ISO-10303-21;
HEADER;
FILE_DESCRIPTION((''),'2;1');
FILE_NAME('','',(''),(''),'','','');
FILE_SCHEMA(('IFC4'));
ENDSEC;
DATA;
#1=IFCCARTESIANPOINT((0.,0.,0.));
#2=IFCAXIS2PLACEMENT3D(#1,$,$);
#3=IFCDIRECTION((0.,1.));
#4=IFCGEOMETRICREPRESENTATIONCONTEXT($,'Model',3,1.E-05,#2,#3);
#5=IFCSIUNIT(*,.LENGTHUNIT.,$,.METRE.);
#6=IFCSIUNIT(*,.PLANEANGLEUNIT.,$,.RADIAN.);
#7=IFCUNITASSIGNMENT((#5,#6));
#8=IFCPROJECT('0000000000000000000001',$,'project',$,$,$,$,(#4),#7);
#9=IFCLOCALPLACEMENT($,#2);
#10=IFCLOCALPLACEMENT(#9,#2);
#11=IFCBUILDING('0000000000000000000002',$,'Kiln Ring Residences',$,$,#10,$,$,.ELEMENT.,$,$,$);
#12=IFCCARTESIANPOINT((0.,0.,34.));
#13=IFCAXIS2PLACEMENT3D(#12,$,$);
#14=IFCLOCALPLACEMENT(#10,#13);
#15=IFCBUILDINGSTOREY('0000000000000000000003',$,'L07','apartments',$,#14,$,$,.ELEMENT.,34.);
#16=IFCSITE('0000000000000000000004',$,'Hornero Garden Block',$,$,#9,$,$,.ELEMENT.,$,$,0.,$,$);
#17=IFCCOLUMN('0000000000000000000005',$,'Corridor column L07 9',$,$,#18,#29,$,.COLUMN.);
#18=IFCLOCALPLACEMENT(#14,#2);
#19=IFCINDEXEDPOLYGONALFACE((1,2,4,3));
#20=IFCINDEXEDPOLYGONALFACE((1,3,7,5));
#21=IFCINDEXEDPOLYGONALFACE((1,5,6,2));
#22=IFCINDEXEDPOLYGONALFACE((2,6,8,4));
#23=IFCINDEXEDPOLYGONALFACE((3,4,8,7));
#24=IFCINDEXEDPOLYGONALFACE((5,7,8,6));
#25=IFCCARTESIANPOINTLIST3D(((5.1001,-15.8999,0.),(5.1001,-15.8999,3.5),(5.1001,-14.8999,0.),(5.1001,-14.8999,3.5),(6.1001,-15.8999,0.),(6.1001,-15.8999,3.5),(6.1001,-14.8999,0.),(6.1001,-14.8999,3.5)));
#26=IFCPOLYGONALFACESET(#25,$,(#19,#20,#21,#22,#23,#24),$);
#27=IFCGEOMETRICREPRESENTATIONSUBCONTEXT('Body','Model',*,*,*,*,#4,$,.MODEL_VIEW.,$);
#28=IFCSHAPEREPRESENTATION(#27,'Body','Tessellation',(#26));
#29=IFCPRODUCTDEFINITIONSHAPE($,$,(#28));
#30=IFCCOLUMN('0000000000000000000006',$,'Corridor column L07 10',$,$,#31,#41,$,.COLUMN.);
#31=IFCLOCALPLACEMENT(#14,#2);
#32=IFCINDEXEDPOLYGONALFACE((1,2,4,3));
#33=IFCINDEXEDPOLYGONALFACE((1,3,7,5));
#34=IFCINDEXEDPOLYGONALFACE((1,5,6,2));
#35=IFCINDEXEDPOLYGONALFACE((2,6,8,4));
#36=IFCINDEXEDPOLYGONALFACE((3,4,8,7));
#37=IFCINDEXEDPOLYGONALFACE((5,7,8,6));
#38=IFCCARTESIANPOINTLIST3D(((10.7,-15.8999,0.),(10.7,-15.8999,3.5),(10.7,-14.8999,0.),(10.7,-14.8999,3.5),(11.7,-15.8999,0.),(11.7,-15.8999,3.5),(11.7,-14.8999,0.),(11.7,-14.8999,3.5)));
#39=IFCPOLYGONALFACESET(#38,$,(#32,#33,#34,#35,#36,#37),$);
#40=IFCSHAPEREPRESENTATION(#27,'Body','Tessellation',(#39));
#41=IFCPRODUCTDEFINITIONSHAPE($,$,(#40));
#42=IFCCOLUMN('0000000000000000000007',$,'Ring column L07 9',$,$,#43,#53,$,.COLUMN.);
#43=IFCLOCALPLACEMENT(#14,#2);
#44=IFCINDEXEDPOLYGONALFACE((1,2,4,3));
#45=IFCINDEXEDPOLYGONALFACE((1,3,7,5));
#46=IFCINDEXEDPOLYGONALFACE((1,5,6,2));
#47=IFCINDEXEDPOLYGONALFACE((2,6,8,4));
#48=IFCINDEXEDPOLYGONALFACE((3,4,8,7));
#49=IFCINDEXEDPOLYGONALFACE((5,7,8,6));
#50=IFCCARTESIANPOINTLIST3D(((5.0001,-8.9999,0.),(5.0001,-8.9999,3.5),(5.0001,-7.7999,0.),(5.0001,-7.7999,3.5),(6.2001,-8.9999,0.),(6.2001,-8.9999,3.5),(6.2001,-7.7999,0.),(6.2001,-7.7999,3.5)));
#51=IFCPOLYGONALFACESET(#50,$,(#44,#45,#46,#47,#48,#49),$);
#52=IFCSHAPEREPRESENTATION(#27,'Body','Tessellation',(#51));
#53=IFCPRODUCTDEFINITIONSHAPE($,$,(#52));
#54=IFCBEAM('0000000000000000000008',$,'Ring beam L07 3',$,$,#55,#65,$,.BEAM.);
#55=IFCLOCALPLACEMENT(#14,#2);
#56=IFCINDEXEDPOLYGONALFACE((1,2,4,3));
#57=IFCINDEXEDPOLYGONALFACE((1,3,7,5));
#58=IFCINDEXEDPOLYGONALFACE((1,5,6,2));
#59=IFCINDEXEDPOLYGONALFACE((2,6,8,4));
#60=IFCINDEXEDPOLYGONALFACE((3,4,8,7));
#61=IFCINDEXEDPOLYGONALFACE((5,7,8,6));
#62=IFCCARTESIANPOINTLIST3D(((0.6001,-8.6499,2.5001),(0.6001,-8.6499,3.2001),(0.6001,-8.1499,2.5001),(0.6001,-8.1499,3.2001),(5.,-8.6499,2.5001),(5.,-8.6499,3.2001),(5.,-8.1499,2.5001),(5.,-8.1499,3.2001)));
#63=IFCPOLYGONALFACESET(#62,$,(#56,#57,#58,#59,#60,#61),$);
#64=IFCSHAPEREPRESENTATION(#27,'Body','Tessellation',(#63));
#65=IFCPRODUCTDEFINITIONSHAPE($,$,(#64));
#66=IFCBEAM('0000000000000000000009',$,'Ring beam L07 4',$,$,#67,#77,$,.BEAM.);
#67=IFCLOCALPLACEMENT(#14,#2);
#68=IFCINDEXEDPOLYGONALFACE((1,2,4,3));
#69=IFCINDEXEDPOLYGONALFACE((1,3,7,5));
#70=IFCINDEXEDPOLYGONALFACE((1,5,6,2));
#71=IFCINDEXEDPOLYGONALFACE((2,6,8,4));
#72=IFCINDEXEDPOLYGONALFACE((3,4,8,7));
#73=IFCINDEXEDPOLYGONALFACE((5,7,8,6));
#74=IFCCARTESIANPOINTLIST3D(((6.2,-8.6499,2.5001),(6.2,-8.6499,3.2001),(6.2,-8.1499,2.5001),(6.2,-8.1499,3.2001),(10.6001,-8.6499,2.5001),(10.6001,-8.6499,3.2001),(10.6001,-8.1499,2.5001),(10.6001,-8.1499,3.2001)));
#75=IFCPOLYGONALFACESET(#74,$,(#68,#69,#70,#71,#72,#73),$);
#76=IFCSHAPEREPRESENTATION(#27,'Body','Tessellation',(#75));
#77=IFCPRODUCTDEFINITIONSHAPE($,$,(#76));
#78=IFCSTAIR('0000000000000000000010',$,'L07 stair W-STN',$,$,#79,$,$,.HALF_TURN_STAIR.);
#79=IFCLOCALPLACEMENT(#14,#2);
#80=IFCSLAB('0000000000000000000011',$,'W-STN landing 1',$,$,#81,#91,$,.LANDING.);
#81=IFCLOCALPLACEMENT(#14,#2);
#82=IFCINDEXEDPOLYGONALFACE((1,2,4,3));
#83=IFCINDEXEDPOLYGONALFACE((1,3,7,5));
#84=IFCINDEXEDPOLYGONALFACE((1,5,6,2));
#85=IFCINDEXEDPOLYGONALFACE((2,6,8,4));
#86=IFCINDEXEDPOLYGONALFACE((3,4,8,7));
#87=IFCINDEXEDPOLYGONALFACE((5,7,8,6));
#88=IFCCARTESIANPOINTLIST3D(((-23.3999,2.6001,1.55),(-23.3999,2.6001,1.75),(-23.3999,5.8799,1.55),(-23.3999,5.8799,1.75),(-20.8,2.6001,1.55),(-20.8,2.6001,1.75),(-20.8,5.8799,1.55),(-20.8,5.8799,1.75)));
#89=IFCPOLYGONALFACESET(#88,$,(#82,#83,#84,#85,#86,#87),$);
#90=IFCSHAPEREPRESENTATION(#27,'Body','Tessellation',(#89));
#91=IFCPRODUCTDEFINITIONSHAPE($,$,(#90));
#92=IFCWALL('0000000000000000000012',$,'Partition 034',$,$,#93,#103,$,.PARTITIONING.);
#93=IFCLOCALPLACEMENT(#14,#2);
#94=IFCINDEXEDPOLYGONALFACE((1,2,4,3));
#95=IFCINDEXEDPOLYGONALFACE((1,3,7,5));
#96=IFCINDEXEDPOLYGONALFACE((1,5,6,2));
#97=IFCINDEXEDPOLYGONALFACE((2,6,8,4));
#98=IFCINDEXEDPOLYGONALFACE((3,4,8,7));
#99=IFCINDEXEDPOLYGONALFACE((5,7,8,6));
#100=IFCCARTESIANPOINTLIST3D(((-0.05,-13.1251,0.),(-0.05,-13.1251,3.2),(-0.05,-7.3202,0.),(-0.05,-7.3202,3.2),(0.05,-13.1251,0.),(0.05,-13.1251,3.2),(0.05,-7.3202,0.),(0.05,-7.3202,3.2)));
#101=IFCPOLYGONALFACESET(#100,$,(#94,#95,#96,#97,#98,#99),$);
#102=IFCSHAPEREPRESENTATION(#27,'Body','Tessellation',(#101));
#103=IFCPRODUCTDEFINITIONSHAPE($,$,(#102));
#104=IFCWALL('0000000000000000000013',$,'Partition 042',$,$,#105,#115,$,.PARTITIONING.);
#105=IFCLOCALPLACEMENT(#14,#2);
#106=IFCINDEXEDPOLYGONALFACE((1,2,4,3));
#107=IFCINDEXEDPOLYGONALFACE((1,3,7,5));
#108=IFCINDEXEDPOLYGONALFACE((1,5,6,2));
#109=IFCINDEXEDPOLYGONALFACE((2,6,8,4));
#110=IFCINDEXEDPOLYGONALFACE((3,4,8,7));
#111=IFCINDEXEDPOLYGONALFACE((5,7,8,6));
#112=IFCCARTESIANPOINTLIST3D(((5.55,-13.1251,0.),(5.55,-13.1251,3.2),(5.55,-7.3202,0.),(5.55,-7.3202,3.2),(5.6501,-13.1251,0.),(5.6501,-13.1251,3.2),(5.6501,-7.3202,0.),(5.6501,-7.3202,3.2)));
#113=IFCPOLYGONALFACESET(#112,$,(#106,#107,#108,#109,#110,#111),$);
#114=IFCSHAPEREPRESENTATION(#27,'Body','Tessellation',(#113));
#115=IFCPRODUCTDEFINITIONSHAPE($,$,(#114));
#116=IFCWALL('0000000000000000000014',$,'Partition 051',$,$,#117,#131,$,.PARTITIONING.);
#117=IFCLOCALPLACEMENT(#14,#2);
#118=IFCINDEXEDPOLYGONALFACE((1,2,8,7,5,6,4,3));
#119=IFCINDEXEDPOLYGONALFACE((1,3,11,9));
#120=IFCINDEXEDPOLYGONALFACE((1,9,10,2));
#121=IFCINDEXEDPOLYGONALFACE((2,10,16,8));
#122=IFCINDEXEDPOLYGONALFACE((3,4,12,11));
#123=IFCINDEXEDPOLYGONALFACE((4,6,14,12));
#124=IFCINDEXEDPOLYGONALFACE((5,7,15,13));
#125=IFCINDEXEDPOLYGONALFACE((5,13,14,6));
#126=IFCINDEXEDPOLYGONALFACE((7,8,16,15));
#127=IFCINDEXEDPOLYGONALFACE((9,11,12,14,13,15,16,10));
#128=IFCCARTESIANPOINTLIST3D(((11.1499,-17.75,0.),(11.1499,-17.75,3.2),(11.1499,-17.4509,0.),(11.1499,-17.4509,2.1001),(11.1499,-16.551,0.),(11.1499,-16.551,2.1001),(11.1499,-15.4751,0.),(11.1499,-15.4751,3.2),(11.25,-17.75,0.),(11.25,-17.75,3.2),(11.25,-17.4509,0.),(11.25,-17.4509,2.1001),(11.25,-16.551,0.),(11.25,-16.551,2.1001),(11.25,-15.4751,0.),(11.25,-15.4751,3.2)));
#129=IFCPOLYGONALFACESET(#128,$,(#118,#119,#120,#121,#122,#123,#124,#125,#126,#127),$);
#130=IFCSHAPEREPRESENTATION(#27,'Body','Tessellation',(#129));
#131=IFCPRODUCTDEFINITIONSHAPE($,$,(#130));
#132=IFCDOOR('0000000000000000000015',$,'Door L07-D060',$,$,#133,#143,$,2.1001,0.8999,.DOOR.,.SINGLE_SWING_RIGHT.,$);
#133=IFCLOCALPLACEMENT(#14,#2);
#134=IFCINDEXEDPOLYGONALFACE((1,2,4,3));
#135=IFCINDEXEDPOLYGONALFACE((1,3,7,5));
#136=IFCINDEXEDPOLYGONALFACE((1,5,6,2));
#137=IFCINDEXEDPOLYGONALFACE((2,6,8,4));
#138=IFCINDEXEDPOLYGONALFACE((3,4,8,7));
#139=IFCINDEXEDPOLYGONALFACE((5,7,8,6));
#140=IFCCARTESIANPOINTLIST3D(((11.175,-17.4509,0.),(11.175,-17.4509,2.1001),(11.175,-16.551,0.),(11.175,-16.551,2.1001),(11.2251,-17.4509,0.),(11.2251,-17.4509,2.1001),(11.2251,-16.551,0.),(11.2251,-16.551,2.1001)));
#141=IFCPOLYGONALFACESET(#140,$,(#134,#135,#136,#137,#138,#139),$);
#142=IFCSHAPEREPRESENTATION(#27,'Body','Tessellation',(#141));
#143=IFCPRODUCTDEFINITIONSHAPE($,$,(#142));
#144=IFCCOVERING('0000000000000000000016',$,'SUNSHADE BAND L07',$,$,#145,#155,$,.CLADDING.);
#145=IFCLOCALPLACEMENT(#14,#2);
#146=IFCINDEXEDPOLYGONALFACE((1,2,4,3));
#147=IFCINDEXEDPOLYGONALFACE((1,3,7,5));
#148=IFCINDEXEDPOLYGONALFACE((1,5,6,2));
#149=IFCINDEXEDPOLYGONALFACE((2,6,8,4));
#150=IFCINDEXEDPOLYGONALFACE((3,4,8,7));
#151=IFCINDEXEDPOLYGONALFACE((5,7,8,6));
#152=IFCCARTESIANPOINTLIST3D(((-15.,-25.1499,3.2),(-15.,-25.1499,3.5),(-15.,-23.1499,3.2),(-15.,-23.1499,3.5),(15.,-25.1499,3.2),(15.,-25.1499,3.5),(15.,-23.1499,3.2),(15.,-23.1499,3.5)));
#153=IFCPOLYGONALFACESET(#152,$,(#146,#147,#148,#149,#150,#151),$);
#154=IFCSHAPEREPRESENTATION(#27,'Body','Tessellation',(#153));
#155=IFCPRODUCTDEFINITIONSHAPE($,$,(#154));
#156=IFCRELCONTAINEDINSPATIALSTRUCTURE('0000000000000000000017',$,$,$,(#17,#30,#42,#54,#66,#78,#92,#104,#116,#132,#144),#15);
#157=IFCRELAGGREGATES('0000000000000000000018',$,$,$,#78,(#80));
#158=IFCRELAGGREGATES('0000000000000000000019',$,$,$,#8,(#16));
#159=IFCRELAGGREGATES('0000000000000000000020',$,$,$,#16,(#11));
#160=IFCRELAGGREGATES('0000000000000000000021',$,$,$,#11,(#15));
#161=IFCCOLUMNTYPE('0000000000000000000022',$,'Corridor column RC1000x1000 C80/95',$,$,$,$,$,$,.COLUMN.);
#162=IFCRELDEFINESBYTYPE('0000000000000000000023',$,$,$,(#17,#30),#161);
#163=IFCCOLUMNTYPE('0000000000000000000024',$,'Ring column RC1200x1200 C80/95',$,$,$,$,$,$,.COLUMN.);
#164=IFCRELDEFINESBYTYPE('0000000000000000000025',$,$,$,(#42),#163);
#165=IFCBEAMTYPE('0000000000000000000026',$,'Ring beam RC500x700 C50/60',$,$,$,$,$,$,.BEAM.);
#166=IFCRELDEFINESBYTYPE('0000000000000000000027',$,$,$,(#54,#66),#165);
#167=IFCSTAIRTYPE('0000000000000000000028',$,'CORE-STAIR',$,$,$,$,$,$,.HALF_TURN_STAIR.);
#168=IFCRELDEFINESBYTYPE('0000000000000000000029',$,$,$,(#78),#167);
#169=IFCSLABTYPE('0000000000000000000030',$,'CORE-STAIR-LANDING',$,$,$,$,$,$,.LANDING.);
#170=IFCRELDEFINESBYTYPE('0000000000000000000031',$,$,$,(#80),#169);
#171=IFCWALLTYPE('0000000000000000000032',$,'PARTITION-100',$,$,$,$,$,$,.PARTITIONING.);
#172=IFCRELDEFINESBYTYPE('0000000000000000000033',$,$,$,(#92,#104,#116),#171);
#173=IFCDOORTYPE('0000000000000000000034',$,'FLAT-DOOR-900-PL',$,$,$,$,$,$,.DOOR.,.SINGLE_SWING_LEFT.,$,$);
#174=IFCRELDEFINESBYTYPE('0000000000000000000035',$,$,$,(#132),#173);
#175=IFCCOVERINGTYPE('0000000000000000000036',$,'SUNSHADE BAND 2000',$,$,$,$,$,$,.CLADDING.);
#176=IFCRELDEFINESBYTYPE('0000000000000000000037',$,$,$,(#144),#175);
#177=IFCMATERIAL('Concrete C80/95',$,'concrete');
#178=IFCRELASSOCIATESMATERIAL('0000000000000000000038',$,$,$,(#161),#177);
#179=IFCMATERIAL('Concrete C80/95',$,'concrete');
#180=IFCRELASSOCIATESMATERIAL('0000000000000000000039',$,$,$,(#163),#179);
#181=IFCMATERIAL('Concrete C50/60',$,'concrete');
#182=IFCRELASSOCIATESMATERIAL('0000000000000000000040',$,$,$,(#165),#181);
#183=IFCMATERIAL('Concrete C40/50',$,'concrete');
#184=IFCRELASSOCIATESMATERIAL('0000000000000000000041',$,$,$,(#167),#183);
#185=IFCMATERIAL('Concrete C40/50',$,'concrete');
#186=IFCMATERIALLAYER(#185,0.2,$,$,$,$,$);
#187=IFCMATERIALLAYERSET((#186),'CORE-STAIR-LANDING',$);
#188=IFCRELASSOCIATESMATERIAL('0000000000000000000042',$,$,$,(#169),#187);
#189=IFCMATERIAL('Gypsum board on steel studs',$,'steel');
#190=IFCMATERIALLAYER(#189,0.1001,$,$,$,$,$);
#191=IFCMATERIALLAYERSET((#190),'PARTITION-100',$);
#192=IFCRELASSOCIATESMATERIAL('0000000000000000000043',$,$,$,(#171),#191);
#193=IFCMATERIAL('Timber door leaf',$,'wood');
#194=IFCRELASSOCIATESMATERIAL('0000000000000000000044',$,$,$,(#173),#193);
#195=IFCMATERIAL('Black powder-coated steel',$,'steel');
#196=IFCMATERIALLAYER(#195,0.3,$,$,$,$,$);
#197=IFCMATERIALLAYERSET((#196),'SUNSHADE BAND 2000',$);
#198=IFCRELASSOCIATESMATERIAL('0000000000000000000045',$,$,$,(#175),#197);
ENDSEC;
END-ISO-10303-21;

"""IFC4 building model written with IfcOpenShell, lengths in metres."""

from ifc_helpers import new_model, si_unit, direction, frame, frame_2d, origin, origin_2d, place, context, subcontext, project, spatial, polyline, rectangle, outline, extrude, material, layer, layer_set, material_profile, profile_set, type_object, element, fill, aggregate, save


model = new_model("IFC4")

# Units and contexts
model_context = context("Model", 3, precision=1e-05, world=origin(), true_north=direction((0.0, 1.0)))
body_context = subcontext(model_context, "Body", "Model", "MODEL_VIEW")
ifc_project = project(units=[si_unit("LENGTHUNIT", "METRE"), si_unit("PLANEANGLEUNIT", "RADIAN")], contexts=[model_context])

# Site, building, storey
site_placement = place(None, origin())
site = spatial("IfcSite", under=ifc_project, at=site_placement, Name="Hornero Garden Block", CompositionType="ELEMENT", RefElevation=0.0)
building_placement = place(site_placement, origin())
building = spatial("IfcBuilding", under=site, at=building_placement, Name="Kiln Ring Residences", CompositionType="ELEMENT")
storey_placement = place(building_placement, frame((0.0, 0.0, 34.0)))
storey = spatial("IfcBuildingStorey", under=building, at=storey_placement, Name="L07", Description="apartments", CompositionType="ELEMENT", Elevation=34.0)

# Columns
ifc_material_1 = material(Name="Concrete C80/95", Category="concrete")
ifc_material_profile_1 = material_profile(ifc_material_1, rectangle(XDim=1.0, YDim=1.0, at=origin_2d()), Name="RC1000x1000")
ifc_profile_set_1 = profile_set([ifc_material_profile_1], Name="Concrete C80/95")
column_type_1 = type_object("IfcColumnType", Name="Corridor column RC1000x1000 C80/95", PredefinedType="COLUMN", material=ifc_profile_set_1)
for number, where, z_axis, x_axis, name in (
    (1, (5.6001, -15.3999, 0.0), (0.0, 0.0, 1.0), (1.0, 0.0, 0.0), "Corridor column L07 9"),
    (2, (11.2, -15.3999, 0.0), (0.0, 0.0, 1.0), (1.0, 0.0, 0.0), "Corridor column L07 10"),
):
    element("IfcColumn", number, at=place(storey_placement, frame(where, z_axis=z_axis, x_axis=x_axis)), inside=storey, type_object=column_type_1, Name=name, PredefinedType="COLUMN", context=body_context, shape_type="SweptSolid", body=[
        extrude(rectangle(XDim=1.0, YDim=1.0, at=origin_2d()), origin(), (0.0, 0.0, 1.0), 3.5),
    ])
ifc_material_2 = material(Name="Concrete C80/95", Category="concrete")
ifc_material_profile_2 = material_profile(ifc_material_2, rectangle(XDim=1.2, YDim=1.2, at=origin_2d()), Name="RC1200x1200")
ifc_profile_set_2 = profile_set([ifc_material_profile_2], Name="Concrete C80/95")
column_type_2 = type_object("IfcColumnType", Name="Ring column RC1200x1200 C80/95", PredefinedType="COLUMN", material=ifc_profile_set_2)
column_placement = place(storey_placement, frame((5.6001, -8.3999, 0.0), z_axis=(0.0, 0.0, 1.0), x_axis=(1.0, 0.0, 0.0)))
element("IfcColumn", 3, at=column_placement, inside=storey, type_object=column_type_2, Name="Ring column L07 9", PredefinedType="COLUMN", context=body_context, shape_type="SweptSolid", body=[
    extrude(rectangle(XDim=1.2, YDim=1.2, at=origin_2d()), origin(), (0.0, 0.0, 1.0), 3.5),
])

# Beams
ifc_material_3 = material(Name="Concrete C50/60", Category="concrete")
ifc_material_profile_3 = material_profile(ifc_material_3, rectangle(XDim=0.5, YDim=0.7, at=origin_2d()), Name="RC500x700")
ifc_profile_set_3 = profile_set([ifc_material_profile_3], Name="Concrete C50/60")
beam_type = type_object("IfcBeamType", Name="Ring beam RC500x700 C50/60", PredefinedType="BEAM", material=ifc_profile_set_3)
beam_1_placement = place(storey_placement, frame((0.6001, -8.3999, 2.8501), z_axis=(1.0, 0.0, 0.0), x_axis=(0.0, 1.0, 0.0)))
element("IfcBeam", 4, at=beam_1_placement, inside=storey, type_object=beam_type, Name="Ring beam L07 3", PredefinedType="BEAM", context=body_context, shape_type="SweptSolid", body=[
    extrude(rectangle(XDim=0.5, YDim=0.7, at=origin_2d()), origin(), (0.0, 0.0, 1.0), 4.3999),
])
beam_2_placement = place(storey_placement, frame((6.2, -8.3999, 2.8501), z_axis=(1.0, 0.0, 0.0), x_axis=(0.0, 1.0, 0.0)))
element("IfcBeam", 5, at=beam_2_placement, inside=storey, type_object=beam_type, Name="Ring beam L07 4", PredefinedType="BEAM", context=body_context, shape_type="SweptSolid", body=[
    extrude(rectangle(XDim=0.5, YDim=0.7, at=origin_2d()), origin(), (0.0, 0.0, 1.0), 4.4001),
])

# Stair, slab
ifc_material_4 = material(Name="Concrete C40/50", Category="concrete")
stair_type = type_object("IfcStairType", Name="CORE-STAIR", PredefinedType="HALF_TURN_STAIR", material=ifc_material_4)
stair_placement = place(storey_placement, origin())
stair = element("IfcStair", 6, at=stair_placement, inside=storey, type_object=stair_type, Name="L07 stair W-STN", PredefinedType="HALF_TURN_STAIR")
ifc_material_5 = material(Name="Concrete C40/50", Category="concrete")
ifc_layer_1 = layer(ifc_material_5, 0.2)
ifc_layer_set_1 = layer_set([ifc_layer_1], Name="CORE-STAIR-LANDING")
slab_type = type_object("IfcSlabType", Name="CORE-STAIR-LANDING", PredefinedType="LANDING", material=ifc_layer_set_1)
slab_placement = place(storey_placement, frame((0.0, 0.0, 1.55)))
slab = element("IfcSlab", 7, at=slab_placement, type_object=slab_type, Name="W-STN landing 1", PredefinedType="LANDING", context=body_context, shape_type="SweptSolid", body=[
    extrude(outline(polyline([(-23.3999, 5.8799), (-23.3999, 2.6001), (-20.8, 2.6001), (-20.8, 5.8799), (-23.3999, 5.8799)])), origin(), (0.0, 0.0, 1.0), 0.2),
])
aggregate(stair, [slab])

# Walls
ifc_material_6 = material(Name="Gypsum board on steel studs", Category="steel")
ifc_layer_2 = layer(ifc_material_6, 0.1001)
ifc_layer_set_2 = layer_set([ifc_layer_2], Name="PARTITION-100")
wall_type = type_object("IfcWallType", Name="PARTITION-100", PredefinedType="PARTITIONING", material=ifc_layer_set_2)
for number, where, z_axis, x_axis, name in (
    (8, (0.0, -13.125, 0.0), (0.0, 0.0, 1.0), (0.0, 1.0, 0.0), "Partition 034"),
    (9, (5.6001, -13.125, 0.0), (0.0, 0.0, 1.0), (0.0, 1.0, 0.0), "Partition 042"),
):
    element("IfcWall", number, at=place(storey_placement, frame(where, z_axis=z_axis, x_axis=x_axis)), inside=storey, type_object=wall_type, Name=name, PredefinedType="PARTITIONING", context=body_context, shape_type="SweptSolid", body=[
        extrude(rectangle(XDim=5.8049, YDim=0.1001, at=frame_2d((2.9023, 0.0))), origin(), (0.0, 0.0, 1.0), 3.2),
    ])

# Wall, opening, door
wall_placement = place(storey_placement, frame((11.2, -17.75, 0.0), z_axis=(0.0, 0.0, 1.0), x_axis=(0.0, 1.0, 0.0)))
wall = element("IfcWall", 10, at=wall_placement, inside=storey, type_object=wall_type, Name="Partition 051", PredefinedType="PARTITIONING", context=body_context, shape_type="SweptSolid", body=[
    extrude(rectangle(XDim=2.2749, YDim=0.1001, at=frame_2d((1.1375, 0.0))), origin(), (0.0, 0.0, 1.0), 3.2),
])
opening_placement = place(wall_placement, frame((0.2991, 0.0, 0.0)))
opening = element("IfcOpeningElement", 11, at=opening_placement, cuts=wall, PredefinedType="OPENING", context=body_context, shape_type="SweptSolid", body=[
    extrude(rectangle(XDim=0.8999, YDim=2.1001, at=frame_2d((0.45, 1.05))), frame((0.0, 0.0601, 0.0), z_axis=(0.0, -1.0, 0.0), x_axis=(1.0, 0.0, 0.0)), (0.0, 0.0, 1.0), 0.1201),
])
ifc_material_7 = material(Name="Timber door leaf", Category="wood")
door_type = type_object("IfcDoorType", Name="FLAT-DOOR-900-PL", OperationType="SINGLE_SWING_LEFT", PredefinedType="DOOR", material=ifc_material_7)
door_placement = place(opening_placement, origin())
door = element("IfcDoor", 12, at=door_placement, inside=storey, type_object=door_type, Name="Door L07-D060", OperationType="SINGLE_SWING_RIGHT", OverallHeight=2.1001, OverallWidth=0.8999, PredefinedType="DOOR", context=body_context, shape_type="SweptSolid", body=[
    extrude(rectangle(XDim=0.8999, YDim=2.1001, at=frame_2d((0.45, 1.05))), frame((0.0, 0.0249, 0.0), z_axis=(0.0, -1.0, 0.0), x_axis=(1.0, 0.0, 0.0)), (0.0, 0.0, 1.0), 0.05),
])
fill(opening, door)

# Covering
ifc_material_8 = material(Name="Black powder-coated steel", Category="steel")
ifc_layer_3 = layer(ifc_material_8, 0.3)
ifc_layer_set_3 = layer_set([ifc_layer_3], Name="SUNSHADE BAND 2000")
covering_type = type_object("IfcCoveringType", Name="SUNSHADE BAND 2000", PredefinedType="CLADDING", material=ifc_layer_set_3)
covering_placement = place(storey_placement, frame((0.0, 0.0, 3.2)))
element("IfcCovering", 13, at=covering_placement, inside=storey, type_object=covering_type, Name="SUNSHADE BAND L07", PredefinedType="CLADDING", context=body_context, shape_type="SweptSolid", body=[
    extrude(outline(polyline([(-15.0, -25.1499), (15.0, -25.1499), (15.0, -23.1499), (-15.0, -23.1499), (-15.0, -25.1499)])), origin(), (0.0, 0.0, 1.0), 0.3),
])

save(model, "model.ifc")
